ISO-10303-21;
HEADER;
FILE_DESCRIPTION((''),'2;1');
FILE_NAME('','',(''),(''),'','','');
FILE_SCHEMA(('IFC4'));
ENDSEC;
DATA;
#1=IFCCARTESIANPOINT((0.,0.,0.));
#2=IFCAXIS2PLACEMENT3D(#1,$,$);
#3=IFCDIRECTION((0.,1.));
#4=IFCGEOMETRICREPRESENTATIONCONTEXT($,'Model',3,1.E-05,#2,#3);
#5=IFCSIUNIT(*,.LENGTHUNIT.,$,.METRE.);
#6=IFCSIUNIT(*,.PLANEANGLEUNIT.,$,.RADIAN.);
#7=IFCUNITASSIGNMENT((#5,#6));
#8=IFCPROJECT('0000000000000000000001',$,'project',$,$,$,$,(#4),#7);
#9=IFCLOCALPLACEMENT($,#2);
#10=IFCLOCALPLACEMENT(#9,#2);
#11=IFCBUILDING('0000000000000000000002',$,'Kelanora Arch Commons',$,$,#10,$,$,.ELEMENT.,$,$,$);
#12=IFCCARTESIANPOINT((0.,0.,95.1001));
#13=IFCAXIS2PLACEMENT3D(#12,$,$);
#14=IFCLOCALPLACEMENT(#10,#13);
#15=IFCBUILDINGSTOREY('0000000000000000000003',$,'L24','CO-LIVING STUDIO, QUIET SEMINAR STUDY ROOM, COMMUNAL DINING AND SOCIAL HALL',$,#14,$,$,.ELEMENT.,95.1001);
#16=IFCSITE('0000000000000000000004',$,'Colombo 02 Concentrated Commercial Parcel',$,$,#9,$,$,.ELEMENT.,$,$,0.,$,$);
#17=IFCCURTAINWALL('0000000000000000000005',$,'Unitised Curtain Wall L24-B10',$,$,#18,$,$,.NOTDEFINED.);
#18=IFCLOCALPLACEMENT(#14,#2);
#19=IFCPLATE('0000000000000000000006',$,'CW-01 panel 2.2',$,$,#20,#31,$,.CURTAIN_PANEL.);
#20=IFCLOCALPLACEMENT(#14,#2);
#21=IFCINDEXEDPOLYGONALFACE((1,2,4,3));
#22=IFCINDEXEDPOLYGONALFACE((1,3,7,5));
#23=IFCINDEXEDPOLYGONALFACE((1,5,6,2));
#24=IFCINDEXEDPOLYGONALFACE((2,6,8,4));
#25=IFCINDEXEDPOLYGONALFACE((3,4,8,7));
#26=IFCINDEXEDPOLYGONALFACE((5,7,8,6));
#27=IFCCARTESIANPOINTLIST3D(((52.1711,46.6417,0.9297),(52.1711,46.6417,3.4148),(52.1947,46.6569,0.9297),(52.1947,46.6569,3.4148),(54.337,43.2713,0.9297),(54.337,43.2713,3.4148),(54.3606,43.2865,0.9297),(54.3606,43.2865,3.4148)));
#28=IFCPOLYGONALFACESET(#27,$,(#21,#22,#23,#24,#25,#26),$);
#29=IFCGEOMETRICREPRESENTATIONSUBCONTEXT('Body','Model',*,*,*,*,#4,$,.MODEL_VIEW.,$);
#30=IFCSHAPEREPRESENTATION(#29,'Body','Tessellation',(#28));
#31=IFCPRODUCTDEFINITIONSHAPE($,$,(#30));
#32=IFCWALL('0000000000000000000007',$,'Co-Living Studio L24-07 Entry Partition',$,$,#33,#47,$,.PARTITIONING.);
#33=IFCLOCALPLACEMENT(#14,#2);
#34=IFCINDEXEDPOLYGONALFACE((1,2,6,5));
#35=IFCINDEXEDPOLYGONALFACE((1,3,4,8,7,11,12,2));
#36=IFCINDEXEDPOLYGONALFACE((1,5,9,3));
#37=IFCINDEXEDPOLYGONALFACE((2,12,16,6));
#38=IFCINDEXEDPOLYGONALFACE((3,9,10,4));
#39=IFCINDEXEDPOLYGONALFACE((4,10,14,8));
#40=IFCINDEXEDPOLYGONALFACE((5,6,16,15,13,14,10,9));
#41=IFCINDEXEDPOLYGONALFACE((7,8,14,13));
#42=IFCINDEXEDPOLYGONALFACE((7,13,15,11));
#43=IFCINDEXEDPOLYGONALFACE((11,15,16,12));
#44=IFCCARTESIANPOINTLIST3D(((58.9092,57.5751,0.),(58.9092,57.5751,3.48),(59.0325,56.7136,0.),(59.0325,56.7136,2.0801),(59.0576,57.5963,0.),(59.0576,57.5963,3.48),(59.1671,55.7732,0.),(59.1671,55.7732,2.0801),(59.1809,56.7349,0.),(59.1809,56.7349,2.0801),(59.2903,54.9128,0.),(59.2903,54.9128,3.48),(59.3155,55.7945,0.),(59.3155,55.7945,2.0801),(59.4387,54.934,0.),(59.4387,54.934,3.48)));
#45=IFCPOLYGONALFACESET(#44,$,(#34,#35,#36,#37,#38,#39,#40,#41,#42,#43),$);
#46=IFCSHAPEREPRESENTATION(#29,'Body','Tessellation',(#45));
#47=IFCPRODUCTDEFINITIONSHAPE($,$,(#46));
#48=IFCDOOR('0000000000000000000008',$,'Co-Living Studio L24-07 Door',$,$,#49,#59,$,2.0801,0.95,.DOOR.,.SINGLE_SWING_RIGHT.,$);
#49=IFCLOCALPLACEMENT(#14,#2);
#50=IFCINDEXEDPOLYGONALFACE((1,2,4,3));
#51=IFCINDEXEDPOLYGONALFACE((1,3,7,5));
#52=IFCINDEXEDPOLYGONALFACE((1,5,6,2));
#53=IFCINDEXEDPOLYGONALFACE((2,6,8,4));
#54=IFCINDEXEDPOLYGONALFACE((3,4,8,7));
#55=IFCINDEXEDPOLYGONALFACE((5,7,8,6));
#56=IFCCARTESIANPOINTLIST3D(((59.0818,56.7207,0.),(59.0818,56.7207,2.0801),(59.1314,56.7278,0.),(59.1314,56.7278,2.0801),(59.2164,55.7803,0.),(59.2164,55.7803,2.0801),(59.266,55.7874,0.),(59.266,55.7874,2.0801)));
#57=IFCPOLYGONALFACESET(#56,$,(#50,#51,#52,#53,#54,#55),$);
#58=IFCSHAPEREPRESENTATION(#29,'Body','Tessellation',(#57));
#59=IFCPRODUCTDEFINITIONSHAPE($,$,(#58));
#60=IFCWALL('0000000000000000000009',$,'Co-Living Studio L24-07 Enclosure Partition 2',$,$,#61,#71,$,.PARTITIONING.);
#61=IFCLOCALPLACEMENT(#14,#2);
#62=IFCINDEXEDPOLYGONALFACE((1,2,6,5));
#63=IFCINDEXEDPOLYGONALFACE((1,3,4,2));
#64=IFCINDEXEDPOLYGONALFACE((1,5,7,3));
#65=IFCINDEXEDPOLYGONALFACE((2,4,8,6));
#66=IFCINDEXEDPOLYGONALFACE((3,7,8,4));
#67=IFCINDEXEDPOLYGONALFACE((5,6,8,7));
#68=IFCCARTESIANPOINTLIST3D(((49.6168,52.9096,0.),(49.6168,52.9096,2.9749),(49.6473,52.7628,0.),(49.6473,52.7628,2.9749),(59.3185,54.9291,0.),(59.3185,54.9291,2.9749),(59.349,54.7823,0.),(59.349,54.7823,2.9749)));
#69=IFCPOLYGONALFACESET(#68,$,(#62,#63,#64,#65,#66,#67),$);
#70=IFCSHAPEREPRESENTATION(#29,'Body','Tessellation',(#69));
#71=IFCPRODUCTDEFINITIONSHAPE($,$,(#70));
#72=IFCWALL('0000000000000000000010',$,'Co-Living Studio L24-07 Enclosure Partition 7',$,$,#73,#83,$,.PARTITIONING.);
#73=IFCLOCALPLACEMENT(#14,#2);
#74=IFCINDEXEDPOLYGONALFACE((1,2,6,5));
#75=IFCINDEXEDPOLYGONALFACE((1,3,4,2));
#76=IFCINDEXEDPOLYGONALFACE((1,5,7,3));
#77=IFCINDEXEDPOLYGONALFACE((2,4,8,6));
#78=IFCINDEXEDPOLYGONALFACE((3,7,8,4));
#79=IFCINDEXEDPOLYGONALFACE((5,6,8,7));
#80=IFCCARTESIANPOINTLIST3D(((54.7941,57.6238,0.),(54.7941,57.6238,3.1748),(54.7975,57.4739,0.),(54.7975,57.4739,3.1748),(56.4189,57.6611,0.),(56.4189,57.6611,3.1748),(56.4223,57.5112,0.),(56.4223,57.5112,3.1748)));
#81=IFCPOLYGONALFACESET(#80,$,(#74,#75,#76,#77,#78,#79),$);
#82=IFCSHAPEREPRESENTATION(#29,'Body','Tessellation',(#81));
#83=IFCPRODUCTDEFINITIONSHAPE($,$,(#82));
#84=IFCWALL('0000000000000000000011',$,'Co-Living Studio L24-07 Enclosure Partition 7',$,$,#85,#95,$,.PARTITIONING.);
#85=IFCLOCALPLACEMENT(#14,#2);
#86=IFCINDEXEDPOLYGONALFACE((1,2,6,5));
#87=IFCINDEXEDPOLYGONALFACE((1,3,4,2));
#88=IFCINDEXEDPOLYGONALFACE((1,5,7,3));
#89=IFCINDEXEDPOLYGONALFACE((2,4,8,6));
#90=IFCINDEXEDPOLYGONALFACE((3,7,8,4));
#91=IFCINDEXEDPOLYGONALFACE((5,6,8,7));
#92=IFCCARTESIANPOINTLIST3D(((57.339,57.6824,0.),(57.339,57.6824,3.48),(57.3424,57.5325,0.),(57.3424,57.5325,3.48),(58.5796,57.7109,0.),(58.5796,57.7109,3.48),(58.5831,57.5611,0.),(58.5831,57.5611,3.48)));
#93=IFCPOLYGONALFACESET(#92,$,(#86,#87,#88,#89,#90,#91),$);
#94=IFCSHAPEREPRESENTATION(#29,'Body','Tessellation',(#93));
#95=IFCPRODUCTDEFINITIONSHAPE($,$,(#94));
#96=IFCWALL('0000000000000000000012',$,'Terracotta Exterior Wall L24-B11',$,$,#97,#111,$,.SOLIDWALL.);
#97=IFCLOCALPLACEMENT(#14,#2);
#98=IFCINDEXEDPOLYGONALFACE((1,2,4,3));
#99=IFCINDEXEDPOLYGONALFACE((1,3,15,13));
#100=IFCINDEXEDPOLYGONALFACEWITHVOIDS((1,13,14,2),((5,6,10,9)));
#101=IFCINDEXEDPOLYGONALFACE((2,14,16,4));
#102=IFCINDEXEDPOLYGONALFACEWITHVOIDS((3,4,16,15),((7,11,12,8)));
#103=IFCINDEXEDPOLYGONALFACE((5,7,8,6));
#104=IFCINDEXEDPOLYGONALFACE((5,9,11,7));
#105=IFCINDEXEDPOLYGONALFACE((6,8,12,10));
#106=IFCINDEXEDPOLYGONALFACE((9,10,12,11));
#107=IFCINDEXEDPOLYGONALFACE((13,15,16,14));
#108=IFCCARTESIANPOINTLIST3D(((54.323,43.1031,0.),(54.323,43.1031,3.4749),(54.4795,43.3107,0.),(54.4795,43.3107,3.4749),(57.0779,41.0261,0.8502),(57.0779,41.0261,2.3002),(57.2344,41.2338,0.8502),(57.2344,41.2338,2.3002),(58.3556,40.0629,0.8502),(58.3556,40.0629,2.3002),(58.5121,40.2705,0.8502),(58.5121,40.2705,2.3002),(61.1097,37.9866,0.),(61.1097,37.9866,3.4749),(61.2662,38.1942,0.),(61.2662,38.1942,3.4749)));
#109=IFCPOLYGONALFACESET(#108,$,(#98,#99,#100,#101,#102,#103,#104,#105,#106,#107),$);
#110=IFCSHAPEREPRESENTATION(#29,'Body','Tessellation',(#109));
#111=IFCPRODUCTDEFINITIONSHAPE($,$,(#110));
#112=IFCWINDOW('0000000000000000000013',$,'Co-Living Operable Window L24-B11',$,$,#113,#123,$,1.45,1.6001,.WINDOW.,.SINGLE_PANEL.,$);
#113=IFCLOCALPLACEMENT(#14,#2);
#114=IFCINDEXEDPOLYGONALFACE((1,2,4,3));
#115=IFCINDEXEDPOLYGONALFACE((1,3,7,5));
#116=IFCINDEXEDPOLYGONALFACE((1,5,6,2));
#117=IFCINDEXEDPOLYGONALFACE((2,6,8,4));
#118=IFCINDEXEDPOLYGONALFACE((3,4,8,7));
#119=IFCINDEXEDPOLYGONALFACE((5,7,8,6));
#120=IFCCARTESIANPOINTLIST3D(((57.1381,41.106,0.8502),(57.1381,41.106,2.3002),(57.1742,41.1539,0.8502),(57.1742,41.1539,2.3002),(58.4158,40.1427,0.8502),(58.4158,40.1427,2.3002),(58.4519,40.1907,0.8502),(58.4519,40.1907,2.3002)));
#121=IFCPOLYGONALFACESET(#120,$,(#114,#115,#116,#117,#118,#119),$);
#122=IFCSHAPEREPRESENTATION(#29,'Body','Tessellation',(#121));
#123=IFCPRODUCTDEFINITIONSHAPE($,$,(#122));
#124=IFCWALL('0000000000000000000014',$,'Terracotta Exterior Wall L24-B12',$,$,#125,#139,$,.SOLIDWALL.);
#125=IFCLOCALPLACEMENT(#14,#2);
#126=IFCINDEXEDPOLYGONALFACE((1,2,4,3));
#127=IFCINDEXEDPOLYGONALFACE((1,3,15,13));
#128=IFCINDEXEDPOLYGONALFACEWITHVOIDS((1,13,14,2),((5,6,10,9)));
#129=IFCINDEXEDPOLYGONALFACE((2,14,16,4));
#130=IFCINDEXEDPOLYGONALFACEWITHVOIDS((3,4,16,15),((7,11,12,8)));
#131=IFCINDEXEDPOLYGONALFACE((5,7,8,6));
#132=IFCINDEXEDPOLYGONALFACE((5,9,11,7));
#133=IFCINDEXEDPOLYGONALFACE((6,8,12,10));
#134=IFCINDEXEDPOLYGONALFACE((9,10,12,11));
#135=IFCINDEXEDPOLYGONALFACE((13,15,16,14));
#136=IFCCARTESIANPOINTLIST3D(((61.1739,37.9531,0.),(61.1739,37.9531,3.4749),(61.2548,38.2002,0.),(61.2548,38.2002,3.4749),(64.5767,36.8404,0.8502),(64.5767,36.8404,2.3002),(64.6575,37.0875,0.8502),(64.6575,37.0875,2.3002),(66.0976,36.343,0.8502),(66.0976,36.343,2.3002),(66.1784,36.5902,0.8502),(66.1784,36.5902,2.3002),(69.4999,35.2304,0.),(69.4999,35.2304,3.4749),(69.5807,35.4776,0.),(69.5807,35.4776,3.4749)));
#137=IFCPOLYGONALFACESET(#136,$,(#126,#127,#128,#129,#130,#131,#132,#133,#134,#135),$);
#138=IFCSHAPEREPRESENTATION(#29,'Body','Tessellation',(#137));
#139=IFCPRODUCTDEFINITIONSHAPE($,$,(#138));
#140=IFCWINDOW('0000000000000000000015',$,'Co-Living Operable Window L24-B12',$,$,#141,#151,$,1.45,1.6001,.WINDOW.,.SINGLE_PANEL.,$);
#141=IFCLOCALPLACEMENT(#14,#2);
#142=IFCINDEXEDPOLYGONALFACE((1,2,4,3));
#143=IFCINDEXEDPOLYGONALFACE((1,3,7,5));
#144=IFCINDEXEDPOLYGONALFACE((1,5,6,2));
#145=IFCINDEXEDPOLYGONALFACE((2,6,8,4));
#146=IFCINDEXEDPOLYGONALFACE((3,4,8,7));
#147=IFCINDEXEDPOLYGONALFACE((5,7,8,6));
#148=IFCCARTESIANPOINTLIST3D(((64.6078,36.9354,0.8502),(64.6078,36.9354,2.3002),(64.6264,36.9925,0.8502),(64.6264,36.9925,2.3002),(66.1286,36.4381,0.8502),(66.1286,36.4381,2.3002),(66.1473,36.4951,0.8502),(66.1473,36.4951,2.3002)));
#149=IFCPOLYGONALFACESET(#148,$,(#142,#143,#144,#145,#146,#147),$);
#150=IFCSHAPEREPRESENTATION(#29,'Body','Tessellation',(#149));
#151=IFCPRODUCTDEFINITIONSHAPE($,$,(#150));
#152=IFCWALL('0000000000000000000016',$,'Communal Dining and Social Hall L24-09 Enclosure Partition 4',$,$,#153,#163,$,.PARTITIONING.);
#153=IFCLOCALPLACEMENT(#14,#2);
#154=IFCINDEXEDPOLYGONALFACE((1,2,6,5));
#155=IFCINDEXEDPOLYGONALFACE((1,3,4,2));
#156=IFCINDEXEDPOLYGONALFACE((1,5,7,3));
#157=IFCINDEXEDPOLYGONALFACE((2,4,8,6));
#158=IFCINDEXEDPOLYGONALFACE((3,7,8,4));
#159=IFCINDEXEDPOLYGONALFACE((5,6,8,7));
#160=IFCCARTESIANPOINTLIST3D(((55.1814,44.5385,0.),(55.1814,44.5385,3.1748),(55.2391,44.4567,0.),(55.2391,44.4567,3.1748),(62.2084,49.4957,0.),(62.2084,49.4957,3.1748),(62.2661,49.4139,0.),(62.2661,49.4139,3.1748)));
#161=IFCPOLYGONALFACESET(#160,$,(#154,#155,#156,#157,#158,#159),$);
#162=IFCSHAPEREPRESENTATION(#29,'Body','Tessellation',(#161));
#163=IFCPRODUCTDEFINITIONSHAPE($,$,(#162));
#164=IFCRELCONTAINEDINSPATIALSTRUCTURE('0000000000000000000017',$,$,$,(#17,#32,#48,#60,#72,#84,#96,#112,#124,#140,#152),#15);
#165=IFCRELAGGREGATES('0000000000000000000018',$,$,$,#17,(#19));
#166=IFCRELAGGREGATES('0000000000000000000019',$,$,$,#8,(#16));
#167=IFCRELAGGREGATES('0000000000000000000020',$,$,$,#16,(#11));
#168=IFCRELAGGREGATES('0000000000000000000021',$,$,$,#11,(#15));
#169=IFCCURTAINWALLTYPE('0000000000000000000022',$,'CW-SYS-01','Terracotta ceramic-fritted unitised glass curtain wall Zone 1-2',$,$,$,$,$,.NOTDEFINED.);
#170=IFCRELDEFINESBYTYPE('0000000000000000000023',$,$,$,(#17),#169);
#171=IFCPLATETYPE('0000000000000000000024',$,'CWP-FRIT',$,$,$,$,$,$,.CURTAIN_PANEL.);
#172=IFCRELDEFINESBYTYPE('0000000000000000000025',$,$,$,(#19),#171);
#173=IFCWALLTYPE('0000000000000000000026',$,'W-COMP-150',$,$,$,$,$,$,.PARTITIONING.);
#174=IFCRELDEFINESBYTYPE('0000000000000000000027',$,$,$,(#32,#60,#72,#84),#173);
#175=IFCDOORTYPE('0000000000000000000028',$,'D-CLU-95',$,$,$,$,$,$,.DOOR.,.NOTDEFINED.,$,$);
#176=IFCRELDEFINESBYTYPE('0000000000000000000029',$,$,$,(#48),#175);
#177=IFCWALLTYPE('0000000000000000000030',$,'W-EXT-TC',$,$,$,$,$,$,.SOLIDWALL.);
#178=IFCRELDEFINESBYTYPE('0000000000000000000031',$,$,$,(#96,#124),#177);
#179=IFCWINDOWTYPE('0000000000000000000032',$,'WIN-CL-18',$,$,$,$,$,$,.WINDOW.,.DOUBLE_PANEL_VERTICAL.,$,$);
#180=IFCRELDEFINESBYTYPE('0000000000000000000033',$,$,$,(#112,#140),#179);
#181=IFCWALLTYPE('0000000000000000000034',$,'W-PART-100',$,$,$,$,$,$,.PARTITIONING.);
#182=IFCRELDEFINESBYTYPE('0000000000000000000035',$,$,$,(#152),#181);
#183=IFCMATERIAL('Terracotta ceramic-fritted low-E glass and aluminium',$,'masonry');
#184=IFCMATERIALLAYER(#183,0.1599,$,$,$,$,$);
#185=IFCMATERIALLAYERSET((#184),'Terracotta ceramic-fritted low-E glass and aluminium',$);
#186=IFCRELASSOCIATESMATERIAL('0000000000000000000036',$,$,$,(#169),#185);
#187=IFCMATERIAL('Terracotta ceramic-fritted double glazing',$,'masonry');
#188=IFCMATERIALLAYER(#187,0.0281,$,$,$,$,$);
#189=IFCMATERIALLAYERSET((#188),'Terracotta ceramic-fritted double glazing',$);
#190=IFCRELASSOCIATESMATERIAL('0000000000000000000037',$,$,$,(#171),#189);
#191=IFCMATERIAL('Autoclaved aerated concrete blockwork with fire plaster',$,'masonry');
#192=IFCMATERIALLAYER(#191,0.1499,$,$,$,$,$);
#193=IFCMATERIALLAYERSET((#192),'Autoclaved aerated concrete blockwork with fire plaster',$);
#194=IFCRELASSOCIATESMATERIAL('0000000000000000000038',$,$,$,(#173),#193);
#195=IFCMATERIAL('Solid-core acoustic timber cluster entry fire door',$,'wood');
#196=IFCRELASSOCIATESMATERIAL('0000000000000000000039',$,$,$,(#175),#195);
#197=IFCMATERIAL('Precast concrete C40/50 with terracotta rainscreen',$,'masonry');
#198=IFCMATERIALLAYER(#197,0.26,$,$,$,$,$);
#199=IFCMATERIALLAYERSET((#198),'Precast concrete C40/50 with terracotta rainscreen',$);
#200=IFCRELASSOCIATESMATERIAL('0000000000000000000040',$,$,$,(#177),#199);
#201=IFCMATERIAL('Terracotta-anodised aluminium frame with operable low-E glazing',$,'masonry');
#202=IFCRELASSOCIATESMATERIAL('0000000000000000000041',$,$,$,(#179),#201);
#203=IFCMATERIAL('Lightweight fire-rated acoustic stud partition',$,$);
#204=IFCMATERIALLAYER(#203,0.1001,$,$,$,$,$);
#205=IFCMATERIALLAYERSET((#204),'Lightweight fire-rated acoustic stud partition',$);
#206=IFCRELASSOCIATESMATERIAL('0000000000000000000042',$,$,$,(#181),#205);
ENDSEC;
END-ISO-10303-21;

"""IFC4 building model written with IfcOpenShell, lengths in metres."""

from ifc_helpers import new_model, si_unit, direction, frame, frame_2d, origin, origin_2d, place, context, subcontext, project, spatial, rectangle, extrude, source, transform, mapped, material, layer, layer_set, type_object, element, fill, aggregate, save


model = new_model("IFC4")

# Units and contexts
model_context = context("Model", 3, precision=1e-05, world=origin(), true_north=direction((0.0, 1.0)))
body_context = subcontext(model_context, "Body", "Model", "MODEL_VIEW")
ifc_project = project(units=[si_unit("LENGTHUNIT", "METRE"), si_unit("PLANEANGLEUNIT", "RADIAN")], contexts=[model_context])

# Site, building, storey
site_placement = place(None, origin())
site = spatial("IfcSite", under=ifc_project, at=site_placement, Name="Colombo 02 Concentrated Commercial Parcel", CompositionType="ELEMENT", RefElevation=0.0)
building_placement = place(site_placement, origin())
building = spatial("IfcBuilding", under=site, at=building_placement, Name="Kelanora Arch Commons", CompositionType="ELEMENT")
storey_placement = place(building_placement, frame((0.0, 0.0, 95.1001)))
storey = spatial("IfcBuildingStorey", under=building, at=storey_placement, Name="L24", Description="CO-LIVING STUDIO, QUIET SEMINAR STUDY ROOM, COMMUNAL DINING AND SOCIAL HALL", CompositionType="ELEMENT", Elevation=95.1001)

# Curtain wall, plate
ifc_material_1 = material(Name="Terracotta ceramic-fritted low-E glass and aluminium", Category="masonry")
ifc_layer_1 = layer(ifc_material_1, 0.1599)
ifc_layer_set_1 = layer_set([ifc_layer_1], Name="Terracotta ceramic-fritted low-E glass and aluminium")
curtain_wall_type = type_object("IfcCurtainWallType", Name="CW-SYS-01", Description="Terracotta ceramic-fritted unitised glass curtain wall Zone 1-2", PredefinedType="NOTDEFINED", material=ifc_layer_set_1)
curtain_wall_placement = place(storey_placement, origin())
curtain_wall = element("IfcCurtainWall", 1, at=curtain_wall_placement, inside=storey, type_object=curtain_wall_type, Name="Unitised Curtain Wall L24-B10", PredefinedType="NOTDEFINED")
ifc_material_2 = material(Name="Terracotta ceramic-fritted double glazing", Category="masonry")
ifc_layer_2 = layer(ifc_material_2, 0.0281)
ifc_layer_set_2 = layer_set([ifc_layer_2], Name="Terracotta ceramic-fritted double glazing")
plate_type = type_object("IfcPlateType", Name="CWP-FRIT", PredefinedType="CURTAIN_PANEL", material=ifc_layer_set_2)
shared_shape_1 = source(origin(), body_context, "Body", "SweptSolid", [
    extrude(rectangle(XDim=4.0063, YDim=0.0281, at=origin_2d()), origin(), (0.0, 0.0, 1.0), 2.4851),
])
plate_1_placement = place(storey_placement, frame((53.2659, 44.9641, 0.9297), z_axis=(0.0, 0.0, 1.0), x_axis=(0.540617, -0.841269, 0.0)))
plate_1 = element("IfcPlate", 2, at=plate_1_placement, type_object=plate_type, Name="CW-01 panel 2.2", PredefinedType="CURTAIN_PANEL", context=body_context, shape_type="MappedRepresentation", body=[
    mapped(shared_shape_1, transform((0.0, 0.0, 0.0), scale=1.0)),
])
aggregate(curtain_wall, [plate_1])

# Wall, opening, door
ifc_material_3 = material(Name="Autoclaved aerated concrete blockwork with fire plaster", Category="masonry")
ifc_layer_3 = layer(ifc_material_3, 0.1499)
ifc_layer_set_3 = layer_set([ifc_layer_3], Name="Autoclaved aerated concrete blockwork with fire plaster")
wall_type_1 = type_object("IfcWallType", Name="W-COMP-150", PredefinedType="PARTITIONING", material=ifc_layer_set_3)
wall_1_placement = place(storey_placement, frame((58.9834, 57.5857, 0.0), z_axis=(0.0, 0.0, 1.0), x_axis=(0.141701, -0.98991, 0.0)))
wall_1 = element("IfcWall", 3, at=wall_1_placement, inside=storey, type_object=wall_type_1, Name="Co-Living Studio L24-07 Entry Partition", PredefinedType="PARTITIONING", context=body_context, shape_type="SweptSolid", body=[
    extrude(rectangle(XDim=2.6895, YDim=0.1499, at=frame_2d((1.3447, 0.0))), origin(), (0.0, 0.0, 1.0), 3.48),
])
opening_1_placement = place(wall_1_placement, frame((0.8701, 0.0, 0.0)))
opening_1 = element("IfcOpeningElement", 4, at=opening_1_placement, cuts=wall_1, PredefinedType="OPENING", context=body_context, shape_type="SweptSolid", body=[
    extrude(rectangle(XDim=0.95, YDim=2.0801, at=frame_2d((0.4751, 1.04))), frame((0.0, 0.085, 0.0), z_axis=(0.0, -1.0, 0.0), x_axis=(1.0, 0.0, 0.0)), (0.0, 0.0, 1.0), 0.1699),
])
ifc_material_4 = material(Name="Solid-core acoustic timber cluster entry fire door", Category="wood")
door_type_1 = type_object("IfcDoorType", Name="D-CLU-95", OperationType="NOTDEFINED", PredefinedType="DOOR", material=ifc_material_4)
door_1_placement = place(opening_1_placement, origin())
door_1 = element("IfcDoor", 5, at=door_1_placement, inside=storey, type_object=door_type_1, Name="Co-Living Studio L24-07 Door", OperationType="SINGLE_SWING_RIGHT", OverallHeight=2.0801, OverallWidth=0.95, PredefinedType="DOOR", context=body_context, shape_type="SweptSolid", body=[
    extrude(rectangle(XDim=0.95, YDim=2.0801, at=frame_2d((0.4751, 1.04))), frame((0.0, 0.0249, 0.0), z_axis=(0.0, -1.0, 0.0), x_axis=(1.0, 0.0, 0.0)), (0.0, 0.0, 1.0), 0.05),
])
fill(opening_1, door_1)

# Walls
wall_2_placement = place(storey_placement, frame((59.3337, 54.8557, 0.0), z_axis=(0.0, 0.0, 1.0), x_axis=(-0.979014, -0.203795, 0.0)))
element("IfcWall", 6, at=wall_2_placement, inside=storey, type_object=wall_type_1, Name="Co-Living Studio L24-07 Enclosure Partition 2", PredefinedType="PARTITIONING", context=body_context, shape_type="SweptSolid", body=[
    extrude(rectangle(XDim=9.9097, YDim=0.1499, at=frame_2d((4.9548, 0.0))), origin(), (0.0, 0.0, 1.0), 2.9749),
])
wall_3_placement = place(storey_placement, frame((54.7959, 57.5488, 0.0), z_axis=(0.0, 0.0, 1.0), x_axis=(0.999736, 0.022984, 0.0)))
element("IfcWall", 7, at=wall_3_placement, inside=storey, type_object=wall_type_1, Name="Co-Living Studio L24-07 Enclosure Partition 7", PredefinedType="PARTITIONING", context=body_context, shape_type="SweptSolid", body=[
    extrude(rectangle(XDim=1.6252, YDim=0.1499, at=frame_2d((0.8125, 0.0))), origin(), (0.0, 0.0, 1.0), 3.1748),
])
wall_4_placement = place(storey_placement, frame((57.3406, 57.6074, 0.0), z_axis=(0.0, 0.0, 1.0), x_axis=(0.999735, 0.023016, 0.0)))
element("IfcWall", 8, at=wall_4_placement, inside=storey, type_object=wall_type_1, Name="Co-Living Studio L24-07 Enclosure Partition 7", PredefinedType="PARTITIONING", context=body_context, shape_type="SweptSolid", body=[
    extrude(rectangle(XDim=1.241, YDim=0.1499, at=frame_2d((0.6206, 0.0))), origin(), (0.0, 0.0, 1.0), 3.48),
])

# Walls, openings, windows
ifc_material_5 = material(Name="Precast concrete C40/50 with terracotta rainscreen", Category="masonry")
ifc_layer_4 = layer(ifc_material_5, 0.26)
ifc_layer_set_4 = layer_set([ifc_layer_4], Name="Precast concrete C40/50 with terracotta rainscreen")
wall_type_2 = type_object("IfcWallType", Name="W-EXT-TC", PredefinedType="SOLIDWALL", material=ifc_layer_set_4)
wall_5_placement = place(storey_placement, frame((54.4014, 43.2068, 0.0), z_axis=(0.0, 0.0, 1.0), x_axis=(0.798502, -0.601993, 0.0)))
wall_5 = element("IfcWall", 9, at=wall_5_placement, inside=storey, type_object=wall_type_2, Name="Terracotta Exterior Wall L24-B11", PredefinedType="SOLIDWALL", context=body_context, shape_type="SweptSolid", body=[
    extrude(rectangle(XDim=8.4993, YDim=0.26, at=frame_2d((4.2495, 0.0))), origin(), (0.0, 0.0, 1.0), 3.4749),
])
opening_2_placement = place(wall_5_placement, frame((3.45, 0.0, 0.8501)))
opening_2 = element("IfcOpeningElement", 10, at=opening_2_placement, cuts=wall_5, PredefinedType="OPENING", context=body_context, shape_type="SweptSolid", body=[
    extrude(rectangle(XDim=1.6001, YDim=1.45, at=frame_2d((0.8, 0.7251))), frame((0.0, 0.1401, 0.0), z_axis=(0.0, -1.0, 0.0), x_axis=(1.0, 0.0, 0.0)), (0.0, 0.0, 1.0), 0.28),
])
ifc_material_6 = material(Name="Terracotta-anodised aluminium frame with operable low-E glazing", Category="masonry")
window_type = type_object("IfcWindowType", Name="WIN-CL-18", PartitioningType="DOUBLE_PANEL_VERTICAL", PredefinedType="WINDOW", material=ifc_material_6)
window_1_placement = place(opening_2_placement, origin())
window_1 = element("IfcWindow", 11, at=window_1_placement, inside=storey, type_object=window_type, Name="Co-Living Operable Window L24-B11", OverallHeight=1.45, OverallWidth=1.6001, PartitioningType="SINGLE_PANEL", PredefinedType="WINDOW", context=body_context, shape_type="SweptSolid", body=[
    extrude(rectangle(XDim=1.6001, YDim=1.45, at=frame_2d((0.8, 0.7251))), frame((0.0, 0.03, 0.0), z_axis=(0.0, -1.0, 0.0), x_axis=(1.0, 0.0, 0.0)), (0.0, 0.0, 1.0), 0.0601),
])
fill(opening_2, window_1)
wall_6_placement = place(storey_placement, frame((61.2144, 38.0767, 0.0), z_axis=(0.0, 0.0, 1.0), x_axis=(0.950471, -0.310813, 0.0)))
wall_6 = element("IfcWall", 12, at=wall_6_placement, inside=storey, type_object=wall_type_2, Name="Terracotta Exterior Wall L24-B12", PredefinedType="SOLIDWALL", context=body_context, shape_type="SweptSolid", body=[
    extrude(rectangle(XDim=8.7598, YDim=0.26, at=frame_2d((4.3799, 0.0))), origin(), (0.0, 0.0, 1.0), 3.4749),
])
opening_3_placement = place(wall_6_placement, frame((3.5801, 0.0, 0.8501)))
opening_3 = element("IfcOpeningElement", 13, at=opening_3_placement, cuts=wall_6, PredefinedType="OPENING", context=body_context, shape_type="SweptSolid", body=[
    extrude(rectangle(XDim=1.6001, YDim=1.45, at=frame_2d((0.8, 0.7251))), frame((0.0, 0.1401, 0.0), z_axis=(0.0, -1.0, 0.0), x_axis=(1.0, 0.0, 0.0)), (0.0, 0.0, 1.0), 0.28),
])
window_2_placement = place(opening_3_placement, origin())
window_2 = element("IfcWindow", 14, at=window_2_placement, inside=storey, type_object=window_type, Name="Co-Living Operable Window L24-B12", OverallHeight=1.45, OverallWidth=1.6001, PartitioningType="SINGLE_PANEL", PredefinedType="WINDOW", context=body_context, shape_type="SweptSolid", body=[
    extrude(rectangle(XDim=1.6001, YDim=1.45, at=frame_2d((0.8, 0.7251))), frame((0.0, 0.03, 0.0), z_axis=(0.0, -1.0, 0.0), x_axis=(1.0, 0.0, 0.0)), (0.0, 0.0, 1.0), 0.0601),
])
fill(opening_3, window_2)

# Wall
ifc_material_7 = material(Name="Lightweight fire-rated acoustic stud partition")
ifc_layer_5 = layer(ifc_material_7, 0.1001)
ifc_layer_set_5 = layer_set([ifc_layer_5], Name="Lightweight fire-rated acoustic stud partition")
wall_type_3 = type_object("IfcWallType", Name="W-PART-100", PredefinedType="PARTITIONING", material=ifc_layer_set_5)
wall_7_placement = place(storey_placement, frame((55.2102, 44.4976, 0.0), z_axis=(0.0, 0.0, 1.0), x_axis=(0.817134, 0.576448, 0.0)))
element("IfcWall", 15, at=wall_7_placement, inside=storey, type_object=wall_type_3, Name="Communal Dining and Social Hall L24-09 Enclosure Partition 4", PredefinedType="PARTITIONING", context=body_context, shape_type="SweptSolid", body=[
    extrude(rectangle(XDim=8.5996, YDim=0.1001, at=frame_2d((4.2998, 0.0))), origin(), (0.0, 0.0, 1.0), 3.1748),
])

save(model, "model.ifc")
